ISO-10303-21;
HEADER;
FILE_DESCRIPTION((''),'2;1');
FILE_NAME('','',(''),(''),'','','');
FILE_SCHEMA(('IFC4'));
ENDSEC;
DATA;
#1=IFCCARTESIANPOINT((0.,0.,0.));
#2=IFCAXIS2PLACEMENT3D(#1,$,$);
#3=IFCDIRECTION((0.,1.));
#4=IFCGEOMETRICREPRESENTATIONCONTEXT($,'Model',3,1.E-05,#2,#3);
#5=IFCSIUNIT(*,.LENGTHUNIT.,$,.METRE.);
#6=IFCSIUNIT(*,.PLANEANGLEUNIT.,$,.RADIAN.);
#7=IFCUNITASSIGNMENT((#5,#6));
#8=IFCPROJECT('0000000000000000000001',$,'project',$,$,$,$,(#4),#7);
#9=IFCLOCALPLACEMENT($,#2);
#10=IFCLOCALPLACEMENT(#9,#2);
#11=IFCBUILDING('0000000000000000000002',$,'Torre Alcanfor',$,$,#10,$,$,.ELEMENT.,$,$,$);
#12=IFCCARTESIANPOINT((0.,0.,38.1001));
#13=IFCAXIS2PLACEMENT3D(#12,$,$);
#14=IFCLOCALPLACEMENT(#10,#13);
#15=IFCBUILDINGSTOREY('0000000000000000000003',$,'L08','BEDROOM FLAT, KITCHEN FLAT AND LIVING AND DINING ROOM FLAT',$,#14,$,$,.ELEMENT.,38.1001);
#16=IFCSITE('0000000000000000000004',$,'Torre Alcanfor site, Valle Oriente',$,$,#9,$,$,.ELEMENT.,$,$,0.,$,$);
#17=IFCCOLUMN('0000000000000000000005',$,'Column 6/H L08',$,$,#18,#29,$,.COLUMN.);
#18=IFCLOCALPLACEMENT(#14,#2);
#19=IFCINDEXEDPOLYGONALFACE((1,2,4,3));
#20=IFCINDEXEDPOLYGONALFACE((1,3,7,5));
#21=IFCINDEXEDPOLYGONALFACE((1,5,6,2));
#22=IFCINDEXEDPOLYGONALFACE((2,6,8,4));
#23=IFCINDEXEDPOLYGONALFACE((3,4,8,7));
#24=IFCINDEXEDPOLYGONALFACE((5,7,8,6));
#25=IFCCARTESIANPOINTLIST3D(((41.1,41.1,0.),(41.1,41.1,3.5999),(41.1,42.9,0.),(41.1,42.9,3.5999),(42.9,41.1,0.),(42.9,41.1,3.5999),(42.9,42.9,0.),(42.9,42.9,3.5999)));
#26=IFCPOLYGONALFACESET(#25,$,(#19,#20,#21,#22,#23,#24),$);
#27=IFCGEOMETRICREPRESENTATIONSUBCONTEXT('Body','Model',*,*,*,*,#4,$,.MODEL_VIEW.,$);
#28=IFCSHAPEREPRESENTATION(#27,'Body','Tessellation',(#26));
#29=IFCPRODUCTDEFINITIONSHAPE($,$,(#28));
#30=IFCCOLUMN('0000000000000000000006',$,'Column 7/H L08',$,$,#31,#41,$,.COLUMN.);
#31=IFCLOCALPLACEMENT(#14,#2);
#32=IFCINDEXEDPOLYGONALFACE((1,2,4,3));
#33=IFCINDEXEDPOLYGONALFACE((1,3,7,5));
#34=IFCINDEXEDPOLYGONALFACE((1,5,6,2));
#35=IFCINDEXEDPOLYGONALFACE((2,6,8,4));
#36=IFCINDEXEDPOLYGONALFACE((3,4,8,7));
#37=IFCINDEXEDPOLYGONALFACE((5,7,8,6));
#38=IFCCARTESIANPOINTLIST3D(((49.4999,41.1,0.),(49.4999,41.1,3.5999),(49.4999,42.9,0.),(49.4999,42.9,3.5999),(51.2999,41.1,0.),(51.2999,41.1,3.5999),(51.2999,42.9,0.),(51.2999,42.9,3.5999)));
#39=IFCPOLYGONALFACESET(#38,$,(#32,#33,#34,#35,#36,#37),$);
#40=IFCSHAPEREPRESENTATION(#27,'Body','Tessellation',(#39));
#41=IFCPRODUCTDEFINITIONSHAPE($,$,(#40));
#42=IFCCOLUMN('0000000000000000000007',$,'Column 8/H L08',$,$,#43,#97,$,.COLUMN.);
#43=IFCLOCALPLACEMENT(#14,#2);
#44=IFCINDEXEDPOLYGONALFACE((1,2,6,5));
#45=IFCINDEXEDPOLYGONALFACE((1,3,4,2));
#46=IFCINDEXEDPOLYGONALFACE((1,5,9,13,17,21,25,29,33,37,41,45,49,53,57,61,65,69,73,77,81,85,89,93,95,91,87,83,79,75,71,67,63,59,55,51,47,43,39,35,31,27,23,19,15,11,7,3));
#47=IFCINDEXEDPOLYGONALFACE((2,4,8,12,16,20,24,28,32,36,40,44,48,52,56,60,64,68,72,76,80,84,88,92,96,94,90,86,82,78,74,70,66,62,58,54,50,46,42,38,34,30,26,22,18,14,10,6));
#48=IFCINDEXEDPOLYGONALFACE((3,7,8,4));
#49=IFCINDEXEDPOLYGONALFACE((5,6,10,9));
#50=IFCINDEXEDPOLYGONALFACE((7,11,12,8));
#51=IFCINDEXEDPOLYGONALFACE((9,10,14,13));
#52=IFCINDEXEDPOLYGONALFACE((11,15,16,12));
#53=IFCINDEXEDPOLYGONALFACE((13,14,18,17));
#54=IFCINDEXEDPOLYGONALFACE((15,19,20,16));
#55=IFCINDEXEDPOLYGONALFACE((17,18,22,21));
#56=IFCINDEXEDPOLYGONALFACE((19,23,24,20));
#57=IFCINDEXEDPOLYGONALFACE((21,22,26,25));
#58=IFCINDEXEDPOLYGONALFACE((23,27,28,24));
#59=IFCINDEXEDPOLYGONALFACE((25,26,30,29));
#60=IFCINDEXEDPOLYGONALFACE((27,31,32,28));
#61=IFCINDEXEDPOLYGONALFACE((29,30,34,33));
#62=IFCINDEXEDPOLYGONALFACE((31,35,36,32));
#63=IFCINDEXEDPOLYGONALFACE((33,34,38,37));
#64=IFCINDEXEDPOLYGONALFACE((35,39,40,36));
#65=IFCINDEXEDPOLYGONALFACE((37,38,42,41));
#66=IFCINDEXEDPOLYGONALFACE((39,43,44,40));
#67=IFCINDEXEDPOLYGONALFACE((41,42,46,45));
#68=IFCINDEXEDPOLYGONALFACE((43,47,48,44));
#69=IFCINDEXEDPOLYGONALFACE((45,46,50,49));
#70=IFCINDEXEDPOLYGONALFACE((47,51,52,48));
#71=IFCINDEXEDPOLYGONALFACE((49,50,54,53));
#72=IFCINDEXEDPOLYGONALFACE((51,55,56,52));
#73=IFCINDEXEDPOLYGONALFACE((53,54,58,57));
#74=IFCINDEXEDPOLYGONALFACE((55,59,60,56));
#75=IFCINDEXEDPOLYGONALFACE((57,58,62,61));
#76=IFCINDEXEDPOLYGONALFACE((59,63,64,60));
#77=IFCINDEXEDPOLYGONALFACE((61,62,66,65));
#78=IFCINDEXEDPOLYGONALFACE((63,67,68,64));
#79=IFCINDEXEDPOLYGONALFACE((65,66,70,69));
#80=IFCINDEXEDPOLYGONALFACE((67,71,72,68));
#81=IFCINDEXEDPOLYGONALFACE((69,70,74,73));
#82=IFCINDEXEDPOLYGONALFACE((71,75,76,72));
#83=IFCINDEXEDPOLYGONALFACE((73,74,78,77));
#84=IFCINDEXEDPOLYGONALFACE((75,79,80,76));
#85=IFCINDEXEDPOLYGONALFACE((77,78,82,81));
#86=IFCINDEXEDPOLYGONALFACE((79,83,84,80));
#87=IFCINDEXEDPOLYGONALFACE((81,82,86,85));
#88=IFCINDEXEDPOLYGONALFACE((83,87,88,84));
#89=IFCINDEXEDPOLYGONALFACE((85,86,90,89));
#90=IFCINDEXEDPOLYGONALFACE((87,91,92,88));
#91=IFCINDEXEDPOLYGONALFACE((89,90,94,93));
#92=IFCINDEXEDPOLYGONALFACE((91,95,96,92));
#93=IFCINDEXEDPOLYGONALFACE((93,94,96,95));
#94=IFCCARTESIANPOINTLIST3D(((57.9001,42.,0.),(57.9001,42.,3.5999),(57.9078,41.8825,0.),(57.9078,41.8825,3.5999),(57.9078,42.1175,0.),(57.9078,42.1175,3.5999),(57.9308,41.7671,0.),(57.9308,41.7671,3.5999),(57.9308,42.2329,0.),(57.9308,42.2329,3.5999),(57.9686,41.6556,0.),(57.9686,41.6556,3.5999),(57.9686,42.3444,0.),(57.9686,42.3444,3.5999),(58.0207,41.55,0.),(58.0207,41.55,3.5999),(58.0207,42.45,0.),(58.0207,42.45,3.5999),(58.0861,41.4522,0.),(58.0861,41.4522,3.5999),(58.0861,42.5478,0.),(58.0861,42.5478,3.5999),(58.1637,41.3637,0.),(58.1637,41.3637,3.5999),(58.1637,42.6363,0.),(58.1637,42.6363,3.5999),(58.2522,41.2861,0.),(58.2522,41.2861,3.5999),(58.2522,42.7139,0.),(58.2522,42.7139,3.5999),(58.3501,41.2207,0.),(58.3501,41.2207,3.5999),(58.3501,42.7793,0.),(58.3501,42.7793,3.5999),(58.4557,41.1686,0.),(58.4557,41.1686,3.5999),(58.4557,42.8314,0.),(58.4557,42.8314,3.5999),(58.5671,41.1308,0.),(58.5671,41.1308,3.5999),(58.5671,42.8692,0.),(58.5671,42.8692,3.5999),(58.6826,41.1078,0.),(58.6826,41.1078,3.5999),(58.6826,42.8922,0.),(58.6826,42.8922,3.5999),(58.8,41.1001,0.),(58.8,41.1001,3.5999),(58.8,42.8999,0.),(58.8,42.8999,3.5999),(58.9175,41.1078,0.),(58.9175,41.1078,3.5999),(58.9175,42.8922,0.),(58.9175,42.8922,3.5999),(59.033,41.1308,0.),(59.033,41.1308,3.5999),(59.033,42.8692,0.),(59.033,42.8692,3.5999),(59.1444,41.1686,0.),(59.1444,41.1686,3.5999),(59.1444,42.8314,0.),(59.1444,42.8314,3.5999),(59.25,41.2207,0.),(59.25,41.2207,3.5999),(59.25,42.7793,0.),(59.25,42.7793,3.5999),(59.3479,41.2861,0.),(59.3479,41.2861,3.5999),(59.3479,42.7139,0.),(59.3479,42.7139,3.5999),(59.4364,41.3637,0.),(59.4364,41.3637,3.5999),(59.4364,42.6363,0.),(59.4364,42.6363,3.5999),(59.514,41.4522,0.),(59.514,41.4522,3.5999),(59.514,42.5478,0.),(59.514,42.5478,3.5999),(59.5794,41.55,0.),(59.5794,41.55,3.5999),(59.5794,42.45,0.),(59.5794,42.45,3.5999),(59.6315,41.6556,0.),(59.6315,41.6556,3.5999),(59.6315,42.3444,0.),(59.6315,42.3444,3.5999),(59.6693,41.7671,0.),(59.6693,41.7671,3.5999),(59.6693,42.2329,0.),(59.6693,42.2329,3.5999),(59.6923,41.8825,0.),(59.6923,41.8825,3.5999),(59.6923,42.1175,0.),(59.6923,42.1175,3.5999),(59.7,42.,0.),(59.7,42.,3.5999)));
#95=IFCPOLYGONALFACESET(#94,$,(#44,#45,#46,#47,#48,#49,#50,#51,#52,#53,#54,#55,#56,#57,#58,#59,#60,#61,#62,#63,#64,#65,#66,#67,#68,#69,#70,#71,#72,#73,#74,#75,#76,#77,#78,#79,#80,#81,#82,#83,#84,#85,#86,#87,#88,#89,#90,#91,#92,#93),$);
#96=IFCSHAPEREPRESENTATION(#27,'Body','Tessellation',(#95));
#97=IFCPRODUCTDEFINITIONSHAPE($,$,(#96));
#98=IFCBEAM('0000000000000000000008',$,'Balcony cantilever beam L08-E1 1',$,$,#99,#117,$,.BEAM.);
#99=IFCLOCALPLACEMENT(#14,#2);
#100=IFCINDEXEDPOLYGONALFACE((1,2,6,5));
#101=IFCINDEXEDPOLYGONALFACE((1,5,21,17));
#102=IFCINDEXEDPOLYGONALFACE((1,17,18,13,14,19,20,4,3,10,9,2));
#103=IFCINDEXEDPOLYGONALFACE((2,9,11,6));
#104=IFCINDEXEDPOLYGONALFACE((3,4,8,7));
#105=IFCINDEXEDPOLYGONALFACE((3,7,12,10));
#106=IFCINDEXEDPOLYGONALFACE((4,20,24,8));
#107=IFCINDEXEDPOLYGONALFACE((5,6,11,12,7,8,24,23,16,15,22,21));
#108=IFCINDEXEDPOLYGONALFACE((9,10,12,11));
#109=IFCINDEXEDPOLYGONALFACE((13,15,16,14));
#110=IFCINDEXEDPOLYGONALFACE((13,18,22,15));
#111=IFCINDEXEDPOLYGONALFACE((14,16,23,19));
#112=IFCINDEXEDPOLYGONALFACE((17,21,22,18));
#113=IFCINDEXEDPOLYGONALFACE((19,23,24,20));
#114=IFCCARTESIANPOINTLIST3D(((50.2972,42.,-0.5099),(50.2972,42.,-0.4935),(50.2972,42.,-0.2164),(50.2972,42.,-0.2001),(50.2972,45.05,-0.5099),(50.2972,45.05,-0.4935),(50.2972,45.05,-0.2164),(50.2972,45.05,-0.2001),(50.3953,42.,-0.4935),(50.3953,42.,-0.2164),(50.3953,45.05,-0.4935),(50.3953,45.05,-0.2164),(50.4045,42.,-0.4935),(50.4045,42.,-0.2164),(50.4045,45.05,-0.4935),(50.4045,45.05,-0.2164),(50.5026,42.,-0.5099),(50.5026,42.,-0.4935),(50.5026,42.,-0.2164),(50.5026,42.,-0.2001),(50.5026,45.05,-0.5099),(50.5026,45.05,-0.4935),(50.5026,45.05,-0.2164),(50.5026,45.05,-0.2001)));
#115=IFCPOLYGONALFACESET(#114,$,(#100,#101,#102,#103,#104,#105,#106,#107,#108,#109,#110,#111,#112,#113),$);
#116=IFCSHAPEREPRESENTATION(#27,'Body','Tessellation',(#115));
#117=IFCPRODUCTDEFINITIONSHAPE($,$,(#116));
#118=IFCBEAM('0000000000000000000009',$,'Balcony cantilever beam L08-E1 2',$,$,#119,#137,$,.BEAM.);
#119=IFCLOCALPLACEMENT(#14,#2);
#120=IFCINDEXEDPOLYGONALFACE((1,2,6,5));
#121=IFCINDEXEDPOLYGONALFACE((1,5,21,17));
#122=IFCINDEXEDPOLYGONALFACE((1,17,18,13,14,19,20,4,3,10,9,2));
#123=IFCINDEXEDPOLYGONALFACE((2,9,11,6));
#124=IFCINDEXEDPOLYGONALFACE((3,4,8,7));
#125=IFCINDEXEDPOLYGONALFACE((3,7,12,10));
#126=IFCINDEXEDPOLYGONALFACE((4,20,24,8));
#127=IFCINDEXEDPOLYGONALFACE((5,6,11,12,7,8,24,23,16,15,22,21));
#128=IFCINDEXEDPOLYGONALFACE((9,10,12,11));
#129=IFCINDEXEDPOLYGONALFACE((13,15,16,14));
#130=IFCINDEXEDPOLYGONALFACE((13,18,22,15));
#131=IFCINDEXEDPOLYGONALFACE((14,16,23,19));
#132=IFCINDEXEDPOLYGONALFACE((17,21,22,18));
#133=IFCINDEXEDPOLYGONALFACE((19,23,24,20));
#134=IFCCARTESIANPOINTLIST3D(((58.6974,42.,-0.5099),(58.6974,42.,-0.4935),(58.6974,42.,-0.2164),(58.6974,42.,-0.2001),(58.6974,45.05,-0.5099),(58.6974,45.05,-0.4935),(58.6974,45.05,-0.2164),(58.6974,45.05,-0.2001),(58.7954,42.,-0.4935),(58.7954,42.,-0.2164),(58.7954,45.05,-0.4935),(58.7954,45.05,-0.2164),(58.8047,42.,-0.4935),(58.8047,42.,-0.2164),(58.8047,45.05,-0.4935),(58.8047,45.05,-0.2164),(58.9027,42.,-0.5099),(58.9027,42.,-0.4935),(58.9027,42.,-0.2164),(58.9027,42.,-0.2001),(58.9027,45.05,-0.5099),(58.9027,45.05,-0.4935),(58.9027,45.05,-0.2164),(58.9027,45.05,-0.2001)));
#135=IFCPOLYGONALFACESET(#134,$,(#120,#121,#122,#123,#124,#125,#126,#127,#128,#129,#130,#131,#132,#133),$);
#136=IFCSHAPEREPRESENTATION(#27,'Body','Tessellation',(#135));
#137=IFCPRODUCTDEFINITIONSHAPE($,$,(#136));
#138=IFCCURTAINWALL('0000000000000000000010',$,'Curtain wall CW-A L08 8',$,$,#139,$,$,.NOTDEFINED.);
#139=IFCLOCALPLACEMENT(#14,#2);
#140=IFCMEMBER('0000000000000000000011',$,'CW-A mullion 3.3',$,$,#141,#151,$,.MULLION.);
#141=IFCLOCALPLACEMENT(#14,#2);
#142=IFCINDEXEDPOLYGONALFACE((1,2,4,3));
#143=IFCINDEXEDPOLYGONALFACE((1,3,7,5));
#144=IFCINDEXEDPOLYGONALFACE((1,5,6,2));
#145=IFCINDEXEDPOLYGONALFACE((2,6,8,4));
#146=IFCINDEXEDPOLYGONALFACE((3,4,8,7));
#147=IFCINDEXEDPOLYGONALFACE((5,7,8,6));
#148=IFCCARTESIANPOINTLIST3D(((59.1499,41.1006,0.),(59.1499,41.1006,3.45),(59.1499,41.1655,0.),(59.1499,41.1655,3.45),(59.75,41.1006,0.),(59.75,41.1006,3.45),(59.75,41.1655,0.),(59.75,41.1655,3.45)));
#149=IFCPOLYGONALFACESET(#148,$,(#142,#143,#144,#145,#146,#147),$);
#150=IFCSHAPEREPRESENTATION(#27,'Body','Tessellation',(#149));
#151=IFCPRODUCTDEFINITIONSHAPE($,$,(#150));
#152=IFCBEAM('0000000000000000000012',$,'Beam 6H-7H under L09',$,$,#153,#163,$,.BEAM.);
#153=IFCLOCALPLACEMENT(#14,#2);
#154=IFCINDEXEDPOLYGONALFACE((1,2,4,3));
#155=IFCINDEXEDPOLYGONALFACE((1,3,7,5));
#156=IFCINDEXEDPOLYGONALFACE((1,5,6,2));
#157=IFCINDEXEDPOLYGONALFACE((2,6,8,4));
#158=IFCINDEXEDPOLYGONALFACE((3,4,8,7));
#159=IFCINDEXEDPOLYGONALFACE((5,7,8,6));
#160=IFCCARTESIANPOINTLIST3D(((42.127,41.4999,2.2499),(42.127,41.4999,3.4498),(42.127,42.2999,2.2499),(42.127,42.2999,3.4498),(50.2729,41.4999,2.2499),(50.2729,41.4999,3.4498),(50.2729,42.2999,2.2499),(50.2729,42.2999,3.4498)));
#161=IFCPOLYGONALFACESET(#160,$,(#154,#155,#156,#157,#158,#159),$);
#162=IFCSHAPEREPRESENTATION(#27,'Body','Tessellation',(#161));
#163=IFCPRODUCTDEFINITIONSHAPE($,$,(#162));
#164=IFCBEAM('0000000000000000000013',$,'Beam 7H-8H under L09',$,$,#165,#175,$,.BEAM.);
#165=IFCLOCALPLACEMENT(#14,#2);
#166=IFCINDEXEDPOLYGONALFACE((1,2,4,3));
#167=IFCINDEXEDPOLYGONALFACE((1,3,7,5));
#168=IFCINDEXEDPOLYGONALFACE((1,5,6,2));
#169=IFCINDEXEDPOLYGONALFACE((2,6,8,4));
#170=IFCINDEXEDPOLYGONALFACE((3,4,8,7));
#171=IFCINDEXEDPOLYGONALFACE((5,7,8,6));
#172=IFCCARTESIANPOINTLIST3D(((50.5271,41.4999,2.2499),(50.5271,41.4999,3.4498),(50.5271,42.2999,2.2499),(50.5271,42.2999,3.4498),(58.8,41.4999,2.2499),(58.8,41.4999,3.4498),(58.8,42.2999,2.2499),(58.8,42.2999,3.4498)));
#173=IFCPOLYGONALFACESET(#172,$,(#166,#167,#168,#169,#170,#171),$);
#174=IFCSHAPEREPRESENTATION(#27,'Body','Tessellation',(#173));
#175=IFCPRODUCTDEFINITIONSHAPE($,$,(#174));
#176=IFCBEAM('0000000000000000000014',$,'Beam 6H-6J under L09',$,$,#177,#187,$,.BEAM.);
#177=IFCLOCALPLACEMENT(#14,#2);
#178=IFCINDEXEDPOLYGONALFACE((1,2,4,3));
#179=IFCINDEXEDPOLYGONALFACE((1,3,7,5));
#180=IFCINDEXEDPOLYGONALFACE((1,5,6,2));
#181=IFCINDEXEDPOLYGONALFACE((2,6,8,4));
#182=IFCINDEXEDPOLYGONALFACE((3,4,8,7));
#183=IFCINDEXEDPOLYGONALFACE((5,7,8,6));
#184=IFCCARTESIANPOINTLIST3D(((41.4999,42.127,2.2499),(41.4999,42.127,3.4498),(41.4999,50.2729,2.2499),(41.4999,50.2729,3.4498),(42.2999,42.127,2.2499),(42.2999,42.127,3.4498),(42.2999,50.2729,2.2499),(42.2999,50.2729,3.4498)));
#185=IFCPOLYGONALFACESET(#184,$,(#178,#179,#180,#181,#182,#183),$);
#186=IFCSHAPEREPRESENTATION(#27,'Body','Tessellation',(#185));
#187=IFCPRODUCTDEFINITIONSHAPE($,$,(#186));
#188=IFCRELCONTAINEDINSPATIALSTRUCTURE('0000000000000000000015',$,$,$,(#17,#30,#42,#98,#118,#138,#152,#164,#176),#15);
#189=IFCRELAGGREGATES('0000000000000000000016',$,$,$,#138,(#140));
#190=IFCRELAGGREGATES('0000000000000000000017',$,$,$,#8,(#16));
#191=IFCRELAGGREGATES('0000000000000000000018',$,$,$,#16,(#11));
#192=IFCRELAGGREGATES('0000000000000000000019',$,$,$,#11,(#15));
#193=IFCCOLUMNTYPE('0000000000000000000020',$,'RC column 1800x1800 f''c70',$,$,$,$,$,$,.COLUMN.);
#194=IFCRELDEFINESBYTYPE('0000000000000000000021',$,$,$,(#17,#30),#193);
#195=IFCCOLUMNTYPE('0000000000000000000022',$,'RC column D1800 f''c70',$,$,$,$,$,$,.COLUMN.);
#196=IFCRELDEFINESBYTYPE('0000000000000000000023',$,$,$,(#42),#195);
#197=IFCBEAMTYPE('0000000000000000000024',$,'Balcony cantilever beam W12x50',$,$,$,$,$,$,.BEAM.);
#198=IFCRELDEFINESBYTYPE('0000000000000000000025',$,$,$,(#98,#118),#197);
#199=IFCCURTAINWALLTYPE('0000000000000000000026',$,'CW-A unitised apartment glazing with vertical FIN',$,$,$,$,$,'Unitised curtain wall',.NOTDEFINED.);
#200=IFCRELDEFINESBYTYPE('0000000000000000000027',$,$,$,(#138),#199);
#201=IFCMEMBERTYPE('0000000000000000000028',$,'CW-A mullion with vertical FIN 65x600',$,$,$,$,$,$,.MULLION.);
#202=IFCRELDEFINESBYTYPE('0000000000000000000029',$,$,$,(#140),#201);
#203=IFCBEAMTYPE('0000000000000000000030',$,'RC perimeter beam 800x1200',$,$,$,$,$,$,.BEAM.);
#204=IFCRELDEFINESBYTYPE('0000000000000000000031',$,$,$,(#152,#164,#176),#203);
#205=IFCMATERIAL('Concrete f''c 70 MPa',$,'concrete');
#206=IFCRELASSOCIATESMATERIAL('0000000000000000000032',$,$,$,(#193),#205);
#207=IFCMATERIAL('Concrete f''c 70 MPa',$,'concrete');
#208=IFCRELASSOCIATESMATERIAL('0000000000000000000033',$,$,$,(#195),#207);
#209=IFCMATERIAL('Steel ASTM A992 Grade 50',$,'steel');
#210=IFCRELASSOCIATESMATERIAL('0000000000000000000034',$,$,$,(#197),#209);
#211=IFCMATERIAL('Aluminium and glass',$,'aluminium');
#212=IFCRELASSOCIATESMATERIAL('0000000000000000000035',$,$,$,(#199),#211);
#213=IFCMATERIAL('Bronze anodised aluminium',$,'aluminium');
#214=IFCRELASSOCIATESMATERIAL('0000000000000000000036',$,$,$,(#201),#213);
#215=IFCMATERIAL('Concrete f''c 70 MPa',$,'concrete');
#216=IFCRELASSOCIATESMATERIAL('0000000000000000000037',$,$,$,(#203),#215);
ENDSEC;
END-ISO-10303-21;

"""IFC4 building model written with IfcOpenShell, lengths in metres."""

from ifc_helpers import new_model, si_unit, direction, frame, origin, origin_2d, place, context, subcontext, project, spatial, rectangle, circle, i_section, extrude, material, material_profile, profile_set, type_object, element, aggregate, save


model = new_model("IFC4")

# Units and contexts
model_context = context("Model", 3, precision=1e-05, world=origin(), true_north=direction((0.0, 1.0)))
body_context = subcontext(model_context, "Body", "Model", "MODEL_VIEW")
ifc_project = project(units=[si_unit("LENGTHUNIT", "METRE"), si_unit("PLANEANGLEUNIT", "RADIAN")], contexts=[model_context])

# Site, building, storey
site_placement = place(None, origin())
site = spatial("IfcSite", under=ifc_project, at=site_placement, Name="Torre Alcanfor site, Valle Oriente", CompositionType="ELEMENT", RefElevation=0.0)
building_placement = place(site_placement, origin())
building = spatial("IfcBuilding", under=site, at=building_placement, Name="Torre Alcanfor", CompositionType="ELEMENT")
storey_placement = place(building_placement, frame((0.0, 0.0, 38.1001)))
storey = spatial("IfcBuildingStorey", under=building, at=storey_placement, Name="L08", Description="BEDROOM FLAT, KITCHEN FLAT AND LIVING AND DINING ROOM FLAT", CompositionType="ELEMENT", Elevation=38.1001)

# Columns
ifc_material_1 = material(Name="Concrete f'c 70 MPa", Category="concrete")
ifc_material_profile_1 = material_profile(ifc_material_1, rectangle(XDim=1.8, YDim=1.8, at=origin_2d()), Name="1800x1800")
ifc_profile_set_1 = profile_set([ifc_material_profile_1], Name="Concrete f'c 70 MPa")
column_type_1 = type_object("IfcColumnType", Name="RC column 1800x1800 f'c70", PredefinedType="COLUMN", material=ifc_profile_set_1)
for number, where, z_axis, x_axis, name in (
    (1, (42.0, 42.0, 0.0), (0.0, 0.0, 1.0), (1.0, 0.0, 0.0), "Column 6/H L08"),
    (2, (50.3999, 42.0, 0.0), (0.0, 0.0, 1.0), (1.0, 0.0, 0.0), "Column 7/H L08"),
):
    element("IfcColumn", number, at=place(storey_placement, frame(where, z_axis=z_axis, x_axis=x_axis)), inside=storey, type_object=column_type_1, Name=name, PredefinedType="COLUMN", context=body_context, shape_type="SweptSolid", body=[
        extrude(rectangle(XDim=1.8, YDim=1.8, at=origin_2d()), origin(), (0.0, 0.0, 1.0), 3.5999),
    ])
ifc_material_2 = material(Name="Concrete f'c 70 MPa", Category="concrete")
ifc_material_profile_2 = material_profile(ifc_material_2, circle(Radius=0.8999, at=origin_2d()), Name="D1800")
ifc_profile_set_2 = profile_set([ifc_material_profile_2], Name="Concrete f'c 70 MPa")
column_type_2 = type_object("IfcColumnType", Name="RC column D1800 f'c70", PredefinedType="COLUMN", material=ifc_profile_set_2)
column_placement = place(storey_placement, frame((58.8, 42.0, 0.0), z_axis=(0.0, 0.0, 1.0), x_axis=(1.0, 0.0, 0.0)))
element("IfcColumn", 3, at=column_placement, inside=storey, type_object=column_type_2, Name="Column 8/H L08", PredefinedType="COLUMN", context=body_context, shape_type="SweptSolid", body=[
    extrude(circle(Radius=0.8999, at=origin_2d()), origin(), (0.0, 0.0, 1.0), 3.5999),
])

# Beams
ifc_material_3 = material(Name="Steel ASTM A992 Grade 50", Category="steel")
ifc_material_profile_3 = material_profile(ifc_material_3, i_section(OverallWidth=0.2053, OverallDepth=0.3098, WebThickness=0.0093, FlangeThickness=0.0164, at=origin_2d()), Name="W12x50")
ifc_profile_set_3 = profile_set([ifc_material_profile_3], Name="Steel ASTM A992 Grade 50")
beam_type_1 = type_object("IfcBeamType", Name="Balcony cantilever beam W12x50", PredefinedType="BEAM", material=ifc_profile_set_3)
for number, where, z_axis, x_axis, name in (
    (4, (50.3999, 42.0, -0.355), (0.0, 1.0, 0.0), (-1.0, 0.0, 0.0), "Balcony cantilever beam L08-E1 1"),
    (5, (58.8, 42.0, -0.355), (0.0, 1.0, 0.0), (-1.0, 0.0, 0.0), "Balcony cantilever beam L08-E1 2"),
):
    element("IfcBeam", number, at=place(storey_placement, frame(where, z_axis=z_axis, x_axis=x_axis)), inside=storey, type_object=beam_type_1, Name=name, PredefinedType="BEAM", context=body_context, shape_type="SweptSolid", body=[
        extrude(i_section(OverallWidth=0.2053, OverallDepth=0.3098, WebThickness=0.0093, FlangeThickness=0.0164, at=origin_2d()), origin(), (0.0, 0.0, 1.0), 3.05),
    ])

# Curtain wall, member
ifc_material_4 = material(Name="Aluminium and glass", Category="aluminium")
curtain_wall_type = type_object("IfcCurtainWallType", Name="CW-A unitised apartment glazing with vertical FIN", ElementType="Unitised curtain wall", PredefinedType="NOTDEFINED", material=ifc_material_4)
curtain_wall_placement = place(storey_placement, origin())
curtain_wall = element("IfcCurtainWall", 6, at=curtain_wall_placement, inside=storey, type_object=curtain_wall_type, Name="Curtain wall CW-A L08 8", PredefinedType="NOTDEFINED")
ifc_material_5 = material(Name="Bronze anodised aluminium", Category="aluminium")
ifc_material_profile_4 = material_profile(ifc_material_5, rectangle(XDim=0.6001, YDim=0.0649, at=origin_2d()), Name="CW-A mullion 65x600")
ifc_profile_set_4 = profile_set([ifc_material_profile_4], Name="Bronze anodised aluminium")
member_type = type_object("IfcMemberType", Name="CW-A mullion with vertical FIN 65x600", PredefinedType="MULLION", material=ifc_profile_set_4)
member_placement = place(storey_placement, frame((59.45, 41.1331, 0.0), z_axis=(0.0, 0.0, 1.0), x_axis=(-1.0, 0.0, 0.0)))
member = element("IfcMember", 7, at=member_placement, type_object=member_type, Name="CW-A mullion 3.3", PredefinedType="MULLION", context=body_context, shape_type="SweptSolid", body=[
    extrude(rectangle(XDim=0.6001, YDim=0.0649, at=origin_2d()), origin(), (0.0, 0.0, 1.0), 3.45),
])

# Beams
ifc_material_6 = material(Name="Concrete f'c 70 MPa", Category="concrete")
ifc_material_profile_5 = material_profile(ifc_material_6, rectangle(XDim=0.8, YDim=1.2, at=origin_2d()), Name="800x1200")
ifc_profile_set_5 = profile_set([ifc_material_profile_5], Name="Concrete f'c 70 MPa")
beam_type_2 = type_object("IfcBeamType", Name="RC perimeter beam 800x1200", PredefinedType="BEAM", material=ifc_profile_set_5)
beam_1_placement = place(storey_placement, frame((42.127, 41.8999, 2.8499), z_axis=(1.0, 0.0, 0.0), x_axis=(0.0, 1.0, 0.0)))
element("IfcBeam", 8, at=beam_1_placement, inside=storey, type_object=beam_type_2, Name="Beam 6H-7H under L09", PredefinedType="BEAM", context=body_context, shape_type="SweptSolid", body=[
    extrude(rectangle(XDim=0.8, YDim=1.2, at=origin_2d()), origin(), (0.0, 0.0, 1.0), 8.146),
])
beam_2_placement = place(storey_placement, frame((50.5271, 41.8999, 2.8499), z_axis=(1.0, 0.0, 0.0), x_axis=(0.0, 1.0, 0.0)))
element("IfcBeam", 9, at=beam_2_placement, inside=storey, type_object=beam_type_2, Name="Beam 7H-8H under L09", PredefinedType="BEAM", context=body_context, shape_type="SweptSolid", body=[
    extrude(rectangle(XDim=0.8, YDim=1.2, at=origin_2d()), origin(), (0.0, 0.0, 1.0), 8.2729),
])
beam_3_placement = place(storey_placement, frame((41.8999, 42.127, 2.8499), z_axis=(0.0, 1.0, 0.0), x_axis=(-1.0, 0.0, 0.0)))
element("IfcBeam", 10, at=beam_3_placement, inside=storey, type_object=beam_type_2, Name="Beam 6H-6J under L09", PredefinedType="BEAM", context=body_context, shape_type="SweptSolid", body=[
    extrude(rectangle(XDim=0.8, YDim=1.2, at=origin_2d()), origin(), (0.0, 0.0, 1.0), 8.146),
])

aggregate(curtain_wall, [member])

save(model, "model.ifc")
